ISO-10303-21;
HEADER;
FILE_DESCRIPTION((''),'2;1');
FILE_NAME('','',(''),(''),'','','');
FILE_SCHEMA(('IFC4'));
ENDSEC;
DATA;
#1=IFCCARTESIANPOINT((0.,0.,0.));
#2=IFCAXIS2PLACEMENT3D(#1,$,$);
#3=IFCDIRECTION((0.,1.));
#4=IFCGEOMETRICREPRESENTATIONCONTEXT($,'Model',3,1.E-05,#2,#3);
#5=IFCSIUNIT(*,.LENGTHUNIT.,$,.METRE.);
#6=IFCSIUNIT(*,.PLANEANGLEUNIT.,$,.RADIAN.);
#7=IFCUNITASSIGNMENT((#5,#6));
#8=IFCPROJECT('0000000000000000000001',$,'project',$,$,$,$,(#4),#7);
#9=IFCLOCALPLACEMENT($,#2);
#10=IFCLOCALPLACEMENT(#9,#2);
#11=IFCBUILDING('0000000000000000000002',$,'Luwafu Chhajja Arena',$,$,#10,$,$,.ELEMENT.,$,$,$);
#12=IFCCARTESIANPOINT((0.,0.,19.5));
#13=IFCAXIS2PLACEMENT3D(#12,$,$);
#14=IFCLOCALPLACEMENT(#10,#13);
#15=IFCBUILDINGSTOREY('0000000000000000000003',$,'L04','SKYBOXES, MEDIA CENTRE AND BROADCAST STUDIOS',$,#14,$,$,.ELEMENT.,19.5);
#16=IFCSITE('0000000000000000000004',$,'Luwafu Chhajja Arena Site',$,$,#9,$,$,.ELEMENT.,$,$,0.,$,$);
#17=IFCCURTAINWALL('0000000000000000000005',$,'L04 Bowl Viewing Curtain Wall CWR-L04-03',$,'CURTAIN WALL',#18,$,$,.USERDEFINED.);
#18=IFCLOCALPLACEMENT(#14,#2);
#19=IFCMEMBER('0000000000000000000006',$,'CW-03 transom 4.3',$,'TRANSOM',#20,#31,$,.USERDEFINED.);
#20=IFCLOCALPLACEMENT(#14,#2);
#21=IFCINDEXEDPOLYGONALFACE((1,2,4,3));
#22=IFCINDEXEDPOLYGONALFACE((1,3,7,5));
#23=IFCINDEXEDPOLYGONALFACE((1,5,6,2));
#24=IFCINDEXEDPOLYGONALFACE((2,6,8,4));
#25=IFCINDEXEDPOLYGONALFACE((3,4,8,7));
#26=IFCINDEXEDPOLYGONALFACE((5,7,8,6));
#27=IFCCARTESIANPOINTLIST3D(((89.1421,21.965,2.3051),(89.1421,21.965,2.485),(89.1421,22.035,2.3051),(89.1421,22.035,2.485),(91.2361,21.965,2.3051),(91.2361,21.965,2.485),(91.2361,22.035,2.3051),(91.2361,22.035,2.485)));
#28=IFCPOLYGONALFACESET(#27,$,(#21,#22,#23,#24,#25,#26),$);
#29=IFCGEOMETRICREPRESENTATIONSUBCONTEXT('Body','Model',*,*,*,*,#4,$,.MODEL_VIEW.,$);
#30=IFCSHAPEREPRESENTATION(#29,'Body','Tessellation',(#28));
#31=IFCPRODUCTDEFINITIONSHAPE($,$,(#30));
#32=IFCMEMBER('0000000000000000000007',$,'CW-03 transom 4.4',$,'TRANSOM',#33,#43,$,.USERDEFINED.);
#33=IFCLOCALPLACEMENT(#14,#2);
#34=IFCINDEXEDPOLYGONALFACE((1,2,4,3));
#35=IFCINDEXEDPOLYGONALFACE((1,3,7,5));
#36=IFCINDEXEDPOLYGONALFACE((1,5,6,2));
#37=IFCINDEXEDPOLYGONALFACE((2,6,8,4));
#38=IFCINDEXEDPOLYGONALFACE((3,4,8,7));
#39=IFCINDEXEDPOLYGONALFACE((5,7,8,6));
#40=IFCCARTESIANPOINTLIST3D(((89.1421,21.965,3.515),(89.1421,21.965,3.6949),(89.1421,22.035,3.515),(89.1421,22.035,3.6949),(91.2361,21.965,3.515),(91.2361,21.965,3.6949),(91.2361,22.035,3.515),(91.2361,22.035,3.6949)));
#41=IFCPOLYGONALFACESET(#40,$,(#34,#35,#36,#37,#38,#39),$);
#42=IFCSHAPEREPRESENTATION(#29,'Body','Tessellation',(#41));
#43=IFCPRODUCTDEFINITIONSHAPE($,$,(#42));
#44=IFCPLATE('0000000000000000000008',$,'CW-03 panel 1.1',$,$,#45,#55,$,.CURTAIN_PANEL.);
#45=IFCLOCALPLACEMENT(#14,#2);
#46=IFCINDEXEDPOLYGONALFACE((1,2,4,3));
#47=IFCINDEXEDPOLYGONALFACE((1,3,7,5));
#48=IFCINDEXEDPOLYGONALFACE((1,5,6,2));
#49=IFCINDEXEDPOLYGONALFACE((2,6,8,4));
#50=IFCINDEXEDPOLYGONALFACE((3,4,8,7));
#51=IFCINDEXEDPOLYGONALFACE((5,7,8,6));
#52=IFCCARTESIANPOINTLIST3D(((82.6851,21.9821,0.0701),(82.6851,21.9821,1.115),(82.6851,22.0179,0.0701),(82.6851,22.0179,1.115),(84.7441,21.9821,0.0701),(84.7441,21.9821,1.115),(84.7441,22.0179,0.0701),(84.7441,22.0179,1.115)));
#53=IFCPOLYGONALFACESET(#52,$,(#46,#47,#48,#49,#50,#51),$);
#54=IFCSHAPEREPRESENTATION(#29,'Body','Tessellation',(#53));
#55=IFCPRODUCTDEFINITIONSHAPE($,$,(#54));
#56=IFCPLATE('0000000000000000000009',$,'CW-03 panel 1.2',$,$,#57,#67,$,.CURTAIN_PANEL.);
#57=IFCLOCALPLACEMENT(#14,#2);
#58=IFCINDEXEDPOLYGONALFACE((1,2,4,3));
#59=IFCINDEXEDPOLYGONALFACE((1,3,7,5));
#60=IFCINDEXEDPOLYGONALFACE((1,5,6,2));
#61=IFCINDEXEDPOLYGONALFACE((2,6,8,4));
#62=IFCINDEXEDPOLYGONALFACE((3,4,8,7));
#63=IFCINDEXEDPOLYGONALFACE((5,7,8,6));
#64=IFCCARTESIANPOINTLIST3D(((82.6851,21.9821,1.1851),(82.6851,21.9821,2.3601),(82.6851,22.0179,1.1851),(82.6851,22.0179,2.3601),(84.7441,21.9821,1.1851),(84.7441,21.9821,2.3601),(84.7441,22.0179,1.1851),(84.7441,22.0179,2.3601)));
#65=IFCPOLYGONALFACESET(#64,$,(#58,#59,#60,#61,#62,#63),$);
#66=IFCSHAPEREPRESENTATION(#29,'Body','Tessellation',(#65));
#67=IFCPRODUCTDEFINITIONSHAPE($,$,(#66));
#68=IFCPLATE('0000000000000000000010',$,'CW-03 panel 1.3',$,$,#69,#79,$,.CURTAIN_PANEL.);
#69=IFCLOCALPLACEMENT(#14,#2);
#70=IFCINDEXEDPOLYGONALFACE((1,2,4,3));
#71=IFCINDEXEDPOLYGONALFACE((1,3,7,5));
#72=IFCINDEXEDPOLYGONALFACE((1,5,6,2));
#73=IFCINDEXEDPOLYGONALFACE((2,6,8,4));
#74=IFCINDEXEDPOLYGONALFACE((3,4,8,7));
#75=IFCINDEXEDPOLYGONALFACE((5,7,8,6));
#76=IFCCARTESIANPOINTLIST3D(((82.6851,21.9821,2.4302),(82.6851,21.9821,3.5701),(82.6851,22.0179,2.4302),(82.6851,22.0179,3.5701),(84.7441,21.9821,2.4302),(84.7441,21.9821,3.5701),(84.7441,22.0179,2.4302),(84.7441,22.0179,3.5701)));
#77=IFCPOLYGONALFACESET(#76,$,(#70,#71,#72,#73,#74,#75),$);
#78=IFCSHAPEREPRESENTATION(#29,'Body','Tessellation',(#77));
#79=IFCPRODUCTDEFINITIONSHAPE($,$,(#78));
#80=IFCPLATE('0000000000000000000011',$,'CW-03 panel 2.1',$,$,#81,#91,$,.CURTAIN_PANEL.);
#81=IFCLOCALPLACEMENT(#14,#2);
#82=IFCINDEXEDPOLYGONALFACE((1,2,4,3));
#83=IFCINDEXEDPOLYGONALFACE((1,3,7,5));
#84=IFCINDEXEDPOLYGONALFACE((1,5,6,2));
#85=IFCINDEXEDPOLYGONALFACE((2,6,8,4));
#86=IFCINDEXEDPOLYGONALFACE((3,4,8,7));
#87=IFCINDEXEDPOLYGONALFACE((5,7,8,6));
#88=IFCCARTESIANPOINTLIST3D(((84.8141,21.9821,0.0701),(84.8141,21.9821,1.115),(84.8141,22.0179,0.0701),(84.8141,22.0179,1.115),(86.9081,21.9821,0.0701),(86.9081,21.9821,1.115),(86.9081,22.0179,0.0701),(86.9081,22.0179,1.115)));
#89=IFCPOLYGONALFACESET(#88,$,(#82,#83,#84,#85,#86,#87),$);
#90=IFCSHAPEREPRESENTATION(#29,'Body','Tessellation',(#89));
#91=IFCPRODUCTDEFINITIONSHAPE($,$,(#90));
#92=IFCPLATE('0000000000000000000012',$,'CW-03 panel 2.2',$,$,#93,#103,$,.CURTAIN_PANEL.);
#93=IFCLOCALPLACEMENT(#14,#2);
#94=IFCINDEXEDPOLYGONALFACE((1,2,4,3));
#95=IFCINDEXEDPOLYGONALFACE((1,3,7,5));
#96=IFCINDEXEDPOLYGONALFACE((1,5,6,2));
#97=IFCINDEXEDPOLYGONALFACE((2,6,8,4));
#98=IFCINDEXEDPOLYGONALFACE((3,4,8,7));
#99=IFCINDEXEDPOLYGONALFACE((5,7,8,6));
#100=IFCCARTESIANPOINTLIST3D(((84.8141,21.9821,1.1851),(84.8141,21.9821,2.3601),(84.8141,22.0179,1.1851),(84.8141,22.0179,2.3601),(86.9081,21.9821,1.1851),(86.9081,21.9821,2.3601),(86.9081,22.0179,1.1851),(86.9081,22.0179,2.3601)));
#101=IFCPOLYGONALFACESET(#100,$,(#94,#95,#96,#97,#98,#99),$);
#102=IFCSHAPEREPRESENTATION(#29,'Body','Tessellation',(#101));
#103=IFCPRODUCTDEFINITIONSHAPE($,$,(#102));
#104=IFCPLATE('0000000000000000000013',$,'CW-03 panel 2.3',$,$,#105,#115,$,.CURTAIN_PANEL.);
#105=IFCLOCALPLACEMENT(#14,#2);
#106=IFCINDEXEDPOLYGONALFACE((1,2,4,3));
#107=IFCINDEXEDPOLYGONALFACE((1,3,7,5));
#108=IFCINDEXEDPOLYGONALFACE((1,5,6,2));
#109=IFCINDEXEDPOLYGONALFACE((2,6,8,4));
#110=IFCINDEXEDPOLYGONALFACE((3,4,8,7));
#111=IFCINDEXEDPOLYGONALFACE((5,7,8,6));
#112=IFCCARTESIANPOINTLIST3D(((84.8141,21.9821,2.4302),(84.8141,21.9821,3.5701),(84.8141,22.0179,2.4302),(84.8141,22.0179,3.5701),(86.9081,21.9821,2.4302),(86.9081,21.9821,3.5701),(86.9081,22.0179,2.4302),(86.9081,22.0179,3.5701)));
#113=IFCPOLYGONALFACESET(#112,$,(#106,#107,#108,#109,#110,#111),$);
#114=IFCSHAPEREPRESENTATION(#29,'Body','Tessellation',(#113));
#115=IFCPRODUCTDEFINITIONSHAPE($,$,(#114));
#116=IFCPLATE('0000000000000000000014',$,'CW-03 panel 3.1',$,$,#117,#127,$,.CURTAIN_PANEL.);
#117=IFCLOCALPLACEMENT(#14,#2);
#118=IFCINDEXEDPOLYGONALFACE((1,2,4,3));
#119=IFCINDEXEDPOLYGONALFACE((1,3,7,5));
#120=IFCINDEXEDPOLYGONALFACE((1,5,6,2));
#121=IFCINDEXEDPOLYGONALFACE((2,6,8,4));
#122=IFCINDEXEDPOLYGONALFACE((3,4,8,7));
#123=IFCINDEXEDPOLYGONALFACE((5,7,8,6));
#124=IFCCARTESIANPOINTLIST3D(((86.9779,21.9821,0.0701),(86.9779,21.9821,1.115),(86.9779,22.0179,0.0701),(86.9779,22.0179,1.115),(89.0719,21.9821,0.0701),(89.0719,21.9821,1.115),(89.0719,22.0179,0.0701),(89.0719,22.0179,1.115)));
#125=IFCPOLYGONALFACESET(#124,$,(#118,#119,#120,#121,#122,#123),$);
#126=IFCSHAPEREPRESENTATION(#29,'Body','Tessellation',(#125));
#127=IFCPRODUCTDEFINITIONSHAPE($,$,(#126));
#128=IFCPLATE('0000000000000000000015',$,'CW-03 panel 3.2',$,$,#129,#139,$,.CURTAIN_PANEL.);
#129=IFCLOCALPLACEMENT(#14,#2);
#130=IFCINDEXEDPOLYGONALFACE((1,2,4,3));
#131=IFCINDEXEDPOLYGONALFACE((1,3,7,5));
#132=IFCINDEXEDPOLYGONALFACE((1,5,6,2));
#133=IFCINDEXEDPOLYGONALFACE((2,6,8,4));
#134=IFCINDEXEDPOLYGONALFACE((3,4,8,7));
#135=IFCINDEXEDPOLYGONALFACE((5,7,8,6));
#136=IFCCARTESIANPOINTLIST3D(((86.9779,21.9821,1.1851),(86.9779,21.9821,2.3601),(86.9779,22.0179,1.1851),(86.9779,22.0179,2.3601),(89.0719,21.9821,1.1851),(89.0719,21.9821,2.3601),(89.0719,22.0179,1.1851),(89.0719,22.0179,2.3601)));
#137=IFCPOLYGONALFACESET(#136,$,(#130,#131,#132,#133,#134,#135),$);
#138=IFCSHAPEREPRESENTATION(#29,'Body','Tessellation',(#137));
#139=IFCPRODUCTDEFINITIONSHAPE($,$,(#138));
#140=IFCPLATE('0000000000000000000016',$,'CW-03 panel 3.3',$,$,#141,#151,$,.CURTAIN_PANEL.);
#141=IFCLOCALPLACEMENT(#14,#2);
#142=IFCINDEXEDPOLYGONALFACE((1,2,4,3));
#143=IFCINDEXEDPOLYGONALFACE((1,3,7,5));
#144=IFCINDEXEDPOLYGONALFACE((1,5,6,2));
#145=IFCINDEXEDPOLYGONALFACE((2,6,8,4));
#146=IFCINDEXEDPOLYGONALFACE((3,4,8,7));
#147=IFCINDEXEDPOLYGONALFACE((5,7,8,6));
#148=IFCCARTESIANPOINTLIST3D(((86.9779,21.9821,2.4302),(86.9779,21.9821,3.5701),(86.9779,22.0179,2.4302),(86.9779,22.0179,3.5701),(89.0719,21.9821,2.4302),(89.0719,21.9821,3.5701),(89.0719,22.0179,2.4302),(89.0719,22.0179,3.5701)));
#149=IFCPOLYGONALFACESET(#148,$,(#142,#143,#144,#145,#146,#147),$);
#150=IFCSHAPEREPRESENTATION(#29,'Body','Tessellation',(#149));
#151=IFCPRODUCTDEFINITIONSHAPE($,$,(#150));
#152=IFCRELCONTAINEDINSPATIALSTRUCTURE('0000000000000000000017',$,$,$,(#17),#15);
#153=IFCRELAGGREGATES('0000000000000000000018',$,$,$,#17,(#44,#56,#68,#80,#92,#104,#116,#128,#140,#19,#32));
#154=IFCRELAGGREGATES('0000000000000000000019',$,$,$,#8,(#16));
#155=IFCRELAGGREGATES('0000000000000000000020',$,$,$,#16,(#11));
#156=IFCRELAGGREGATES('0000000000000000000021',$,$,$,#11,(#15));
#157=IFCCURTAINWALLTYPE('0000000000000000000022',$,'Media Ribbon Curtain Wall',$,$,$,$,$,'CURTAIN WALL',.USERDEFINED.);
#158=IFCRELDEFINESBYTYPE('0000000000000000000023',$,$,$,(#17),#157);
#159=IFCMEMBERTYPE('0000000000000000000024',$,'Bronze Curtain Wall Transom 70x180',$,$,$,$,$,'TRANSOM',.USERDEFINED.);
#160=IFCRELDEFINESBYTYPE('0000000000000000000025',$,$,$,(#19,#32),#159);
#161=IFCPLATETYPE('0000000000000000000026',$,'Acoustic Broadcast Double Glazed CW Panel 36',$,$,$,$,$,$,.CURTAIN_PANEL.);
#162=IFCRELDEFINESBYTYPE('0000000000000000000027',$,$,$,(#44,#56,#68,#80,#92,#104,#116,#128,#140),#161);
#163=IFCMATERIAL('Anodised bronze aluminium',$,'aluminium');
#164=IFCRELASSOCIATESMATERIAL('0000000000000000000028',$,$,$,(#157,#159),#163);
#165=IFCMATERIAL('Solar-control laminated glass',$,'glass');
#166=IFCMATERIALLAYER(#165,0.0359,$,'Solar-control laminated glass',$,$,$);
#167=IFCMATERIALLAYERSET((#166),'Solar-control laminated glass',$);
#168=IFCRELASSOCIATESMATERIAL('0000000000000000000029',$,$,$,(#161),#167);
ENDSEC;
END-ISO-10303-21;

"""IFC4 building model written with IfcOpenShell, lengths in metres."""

from ifc_helpers import new_model, si_unit, direction, frame, origin, origin_2d, place, context, subcontext, project, spatial, rectangle, extrude, material, layer, layer_set, material_profile, profile_set, type_object, element, aggregate, save


model = new_model("IFC4")

# Units and contexts
model_context = context("Model", 3, precision=1e-05, world=origin(), true_north=direction((0.0, 1.0)))
body_context = subcontext(model_context, "Body", "Model", "MODEL_VIEW")
ifc_project = project(units=[si_unit("LENGTHUNIT", "METRE"), si_unit("PLANEANGLEUNIT", "RADIAN")], contexts=[model_context])

# Site, building, storey
site_placement = place(None, origin())
site = spatial("IfcSite", under=ifc_project, at=site_placement, Name="Luwafu Chhajja Arena Site", CompositionType="ELEMENT", RefElevation=0.0)
building_placement = place(site_placement, origin())
building = spatial("IfcBuilding", under=site, at=building_placement, Name="Luwafu Chhajja Arena", CompositionType="ELEMENT")
storey_placement = place(building_placement, frame((0.0, 0.0, 19.5)))
storey = spatial("IfcBuildingStorey", under=building, at=storey_placement, Name="L04", Description="SKYBOXES, MEDIA CENTRE AND BROADCAST STUDIOS", CompositionType="ELEMENT", Elevation=19.5)

# Curtain wall, members, plates
ifc_material_1 = material(Name="Anodised bronze aluminium", Category="aluminium")
curtain_wall_type = type_object("IfcCurtainWallType", Name="Media Ribbon Curtain Wall", ElementType="CURTAIN WALL", PredefinedType="USERDEFINED", material=ifc_material_1)
curtain_wall_placement = place(storey_placement, origin())
curtain_wall = element("IfcCurtainWall", 1, at=curtain_wall_placement, inside=storey, type_object=curtain_wall_type, Name="L04 Bowl Viewing Curtain Wall CWR-L04-03", ObjectType="CURTAIN WALL", PredefinedType="USERDEFINED")
ifc_material_profile_1 = material_profile(ifc_material_1, rectangle(XDim=0.0701, YDim=0.1799, at=origin_2d()), Name="CWT 70x180")
ifc_profile_set_1 = profile_set([ifc_material_profile_1], Name="Anodised bronze aluminium")
member_type_1 = type_object("IfcMemberType", Name="Bronze Curtain Wall Transom 70x180", ElementType="TRANSOM", PredefinedType="USERDEFINED", material=ifc_profile_set_1)
member_1_placement = place(storey_placement, frame((89.1421, 22.0, 2.395), z_axis=(1.0, 0.0, 0.0), x_axis=(0.0, 1.0, 0.0)))
member_1 = element("IfcMember", 2, at=member_1_placement, type_object=member_type_1, Name="CW-03 transom 4.3", ObjectType="TRANSOM", PredefinedType="USERDEFINED", context=body_context, shape_type="SweptSolid", body=[
    extrude(rectangle(XDim=0.0701, YDim=0.1799, at=origin_2d()), origin(), (0.0, 0.0, 1.0), 2.094),
])
member_2_placement = place(storey_placement, frame((89.1421, 22.0, 3.605), z_axis=(1.0, 0.0, 0.0), x_axis=(0.0, 1.0, 0.0)))
member_2 = element("IfcMember", 3, at=member_2_placement, type_object=member_type_1, Name="CW-03 transom 4.4", ObjectType="TRANSOM", PredefinedType="USERDEFINED", context=body_context, shape_type="SweptSolid", body=[
    extrude(rectangle(XDim=0.0701, YDim=0.1799, at=origin_2d()), origin(), (0.0, 0.0, 1.0), 2.094),
])
ifc_material_2 = material(Name="Solar-control laminated glass", Category="glass")
ifc_layer = layer(ifc_material_2, 0.0359, Name="Solar-control laminated glass")
ifc_layer_set = layer_set([ifc_layer], Name="Solar-control laminated glass")
plate_type = type_object("IfcPlateType", Name="Acoustic Broadcast Double Glazed CW Panel 36", PredefinedType="CURTAIN_PANEL", material=ifc_layer_set)
plate_1_placement = place(storey_placement, frame((83.7146, 22.0, 0.0701), z_axis=(0.0, 0.0, 1.0), x_axis=(1.0, 0.0, 0.0)))
plate_1 = element("IfcPlate", 4, at=plate_1_placement, type_object=plate_type, Name="CW-03 panel 1.1", PredefinedType="CURTAIN_PANEL", context=body_context, shape_type="SweptSolid", body=[
    extrude(rectangle(XDim=2.0591, YDim=0.0359, at=origin_2d()), origin(), (0.0, 0.0, 1.0), 1.0449),
])
plate_2_placement = place(storey_placement, frame((83.7146, 22.0, 1.1851), z_axis=(0.0, 0.0, 1.0), x_axis=(1.0, 0.0, 0.0)))
plate_2 = element("IfcPlate", 5, at=plate_2_placement, type_object=plate_type, Name="CW-03 panel 1.2", PredefinedType="CURTAIN_PANEL", context=body_context, shape_type="SweptSolid", body=[
    extrude(rectangle(XDim=2.0591, YDim=0.0359, at=origin_2d()), origin(), (0.0, 0.0, 1.0), 1.175),
])
plate_3_placement = place(storey_placement, frame((83.7146, 22.0, 2.4302), z_axis=(0.0, 0.0, 1.0), x_axis=(1.0, 0.0, 0.0)))
plate_3 = element("IfcPlate", 6, at=plate_3_placement, type_object=plate_type, Name="CW-03 panel 1.3", PredefinedType="CURTAIN_PANEL", context=body_context, shape_type="SweptSolid", body=[
    extrude(rectangle(XDim=2.0591, YDim=0.0359, at=origin_2d()), origin(), (0.0, 0.0, 1.0), 1.1399),
])
plate_4_placement = place(storey_placement, frame((85.8611, 22.0, 0.0701), z_axis=(0.0, 0.0, 1.0), x_axis=(1.0, 0.0, 0.0)))
plate_4 = element("IfcPlate", 7, at=plate_4_placement, type_object=plate_type, Name="CW-03 panel 2.1", PredefinedType="CURTAIN_PANEL", context=body_context, shape_type="SweptSolid", body=[
    extrude(rectangle(XDim=2.094, YDim=0.0359, at=origin_2d()), origin(), (0.0, 0.0, 1.0), 1.0449),
])
plate_5_placement = place(storey_placement, frame((85.8611, 22.0, 1.1851), z_axis=(0.0, 0.0, 1.0), x_axis=(1.0, 0.0, 0.0)))
plate_5 = element("IfcPlate", 8, at=plate_5_placement, type_object=plate_type, Name="CW-03 panel 2.2", PredefinedType="CURTAIN_PANEL", context=body_context, shape_type="SweptSolid", body=[
    extrude(rectangle(XDim=2.094, YDim=0.0359, at=origin_2d()), origin(), (0.0, 0.0, 1.0), 1.175),
])
plate_6_placement = place(storey_placement, frame((85.8611, 22.0, 2.4302), z_axis=(0.0, 0.0, 1.0), x_axis=(1.0, 0.0, 0.0)))
plate_6 = element("IfcPlate", 9, at=plate_6_placement, type_object=plate_type, Name="CW-03 panel 2.3", PredefinedType="CURTAIN_PANEL", context=body_context, shape_type="SweptSolid", body=[
    extrude(rectangle(XDim=2.094, YDim=0.0359, at=origin_2d()), origin(), (0.0, 0.0, 1.0), 1.1399),
])
plate_7_placement = place(storey_placement, frame((88.0249, 22.0, 0.0701), z_axis=(0.0, 0.0, 1.0), x_axis=(1.0, 0.0, 0.0)))
plate_7 = element("IfcPlate", 10, at=plate_7_placement, type_object=plate_type, Name="CW-03 panel 3.1", PredefinedType="CURTAIN_PANEL", context=body_context, shape_type="SweptSolid", body=[
    extrude(rectangle(XDim=2.094, YDim=0.0359, at=origin_2d()), origin(), (0.0, 0.0, 1.0), 1.0449),
])
plate_8_placement = place(storey_placement, frame((88.0249, 22.0, 1.1851), z_axis=(0.0, 0.0, 1.0), x_axis=(1.0, 0.0, 0.0)))
plate_8 = element("IfcPlate", 11, at=plate_8_placement, type_object=plate_type, Name="CW-03 panel 3.2", PredefinedType="CURTAIN_PANEL", context=body_context, shape_type="SweptSolid", body=[
    extrude(rectangle(XDim=2.094, YDim=0.0359, at=origin_2d()), origin(), (0.0, 0.0, 1.0), 1.175),
])
plate_9_placement = place(storey_placement, frame((88.0249, 22.0, 2.4302), z_axis=(0.0, 0.0, 1.0), x_axis=(1.0, 0.0, 0.0)))
plate_9 = element("IfcPlate", 12, at=plate_9_placement, type_object=plate_type, Name="CW-03 panel 3.3", PredefinedType="CURTAIN_PANEL", context=body_context, shape_type="SweptSolid", body=[
    extrude(rectangle(XDim=2.094, YDim=0.0359, at=origin_2d()), origin(), (0.0, 0.0, 1.0), 1.1399),
])
aggregate(curtain_wall, [plate_1, plate_2, plate_3, plate_4, plate_5, plate_6, plate_7, plate_8, plate_9, member_1, member_2])

save(model, "model.ifc")
